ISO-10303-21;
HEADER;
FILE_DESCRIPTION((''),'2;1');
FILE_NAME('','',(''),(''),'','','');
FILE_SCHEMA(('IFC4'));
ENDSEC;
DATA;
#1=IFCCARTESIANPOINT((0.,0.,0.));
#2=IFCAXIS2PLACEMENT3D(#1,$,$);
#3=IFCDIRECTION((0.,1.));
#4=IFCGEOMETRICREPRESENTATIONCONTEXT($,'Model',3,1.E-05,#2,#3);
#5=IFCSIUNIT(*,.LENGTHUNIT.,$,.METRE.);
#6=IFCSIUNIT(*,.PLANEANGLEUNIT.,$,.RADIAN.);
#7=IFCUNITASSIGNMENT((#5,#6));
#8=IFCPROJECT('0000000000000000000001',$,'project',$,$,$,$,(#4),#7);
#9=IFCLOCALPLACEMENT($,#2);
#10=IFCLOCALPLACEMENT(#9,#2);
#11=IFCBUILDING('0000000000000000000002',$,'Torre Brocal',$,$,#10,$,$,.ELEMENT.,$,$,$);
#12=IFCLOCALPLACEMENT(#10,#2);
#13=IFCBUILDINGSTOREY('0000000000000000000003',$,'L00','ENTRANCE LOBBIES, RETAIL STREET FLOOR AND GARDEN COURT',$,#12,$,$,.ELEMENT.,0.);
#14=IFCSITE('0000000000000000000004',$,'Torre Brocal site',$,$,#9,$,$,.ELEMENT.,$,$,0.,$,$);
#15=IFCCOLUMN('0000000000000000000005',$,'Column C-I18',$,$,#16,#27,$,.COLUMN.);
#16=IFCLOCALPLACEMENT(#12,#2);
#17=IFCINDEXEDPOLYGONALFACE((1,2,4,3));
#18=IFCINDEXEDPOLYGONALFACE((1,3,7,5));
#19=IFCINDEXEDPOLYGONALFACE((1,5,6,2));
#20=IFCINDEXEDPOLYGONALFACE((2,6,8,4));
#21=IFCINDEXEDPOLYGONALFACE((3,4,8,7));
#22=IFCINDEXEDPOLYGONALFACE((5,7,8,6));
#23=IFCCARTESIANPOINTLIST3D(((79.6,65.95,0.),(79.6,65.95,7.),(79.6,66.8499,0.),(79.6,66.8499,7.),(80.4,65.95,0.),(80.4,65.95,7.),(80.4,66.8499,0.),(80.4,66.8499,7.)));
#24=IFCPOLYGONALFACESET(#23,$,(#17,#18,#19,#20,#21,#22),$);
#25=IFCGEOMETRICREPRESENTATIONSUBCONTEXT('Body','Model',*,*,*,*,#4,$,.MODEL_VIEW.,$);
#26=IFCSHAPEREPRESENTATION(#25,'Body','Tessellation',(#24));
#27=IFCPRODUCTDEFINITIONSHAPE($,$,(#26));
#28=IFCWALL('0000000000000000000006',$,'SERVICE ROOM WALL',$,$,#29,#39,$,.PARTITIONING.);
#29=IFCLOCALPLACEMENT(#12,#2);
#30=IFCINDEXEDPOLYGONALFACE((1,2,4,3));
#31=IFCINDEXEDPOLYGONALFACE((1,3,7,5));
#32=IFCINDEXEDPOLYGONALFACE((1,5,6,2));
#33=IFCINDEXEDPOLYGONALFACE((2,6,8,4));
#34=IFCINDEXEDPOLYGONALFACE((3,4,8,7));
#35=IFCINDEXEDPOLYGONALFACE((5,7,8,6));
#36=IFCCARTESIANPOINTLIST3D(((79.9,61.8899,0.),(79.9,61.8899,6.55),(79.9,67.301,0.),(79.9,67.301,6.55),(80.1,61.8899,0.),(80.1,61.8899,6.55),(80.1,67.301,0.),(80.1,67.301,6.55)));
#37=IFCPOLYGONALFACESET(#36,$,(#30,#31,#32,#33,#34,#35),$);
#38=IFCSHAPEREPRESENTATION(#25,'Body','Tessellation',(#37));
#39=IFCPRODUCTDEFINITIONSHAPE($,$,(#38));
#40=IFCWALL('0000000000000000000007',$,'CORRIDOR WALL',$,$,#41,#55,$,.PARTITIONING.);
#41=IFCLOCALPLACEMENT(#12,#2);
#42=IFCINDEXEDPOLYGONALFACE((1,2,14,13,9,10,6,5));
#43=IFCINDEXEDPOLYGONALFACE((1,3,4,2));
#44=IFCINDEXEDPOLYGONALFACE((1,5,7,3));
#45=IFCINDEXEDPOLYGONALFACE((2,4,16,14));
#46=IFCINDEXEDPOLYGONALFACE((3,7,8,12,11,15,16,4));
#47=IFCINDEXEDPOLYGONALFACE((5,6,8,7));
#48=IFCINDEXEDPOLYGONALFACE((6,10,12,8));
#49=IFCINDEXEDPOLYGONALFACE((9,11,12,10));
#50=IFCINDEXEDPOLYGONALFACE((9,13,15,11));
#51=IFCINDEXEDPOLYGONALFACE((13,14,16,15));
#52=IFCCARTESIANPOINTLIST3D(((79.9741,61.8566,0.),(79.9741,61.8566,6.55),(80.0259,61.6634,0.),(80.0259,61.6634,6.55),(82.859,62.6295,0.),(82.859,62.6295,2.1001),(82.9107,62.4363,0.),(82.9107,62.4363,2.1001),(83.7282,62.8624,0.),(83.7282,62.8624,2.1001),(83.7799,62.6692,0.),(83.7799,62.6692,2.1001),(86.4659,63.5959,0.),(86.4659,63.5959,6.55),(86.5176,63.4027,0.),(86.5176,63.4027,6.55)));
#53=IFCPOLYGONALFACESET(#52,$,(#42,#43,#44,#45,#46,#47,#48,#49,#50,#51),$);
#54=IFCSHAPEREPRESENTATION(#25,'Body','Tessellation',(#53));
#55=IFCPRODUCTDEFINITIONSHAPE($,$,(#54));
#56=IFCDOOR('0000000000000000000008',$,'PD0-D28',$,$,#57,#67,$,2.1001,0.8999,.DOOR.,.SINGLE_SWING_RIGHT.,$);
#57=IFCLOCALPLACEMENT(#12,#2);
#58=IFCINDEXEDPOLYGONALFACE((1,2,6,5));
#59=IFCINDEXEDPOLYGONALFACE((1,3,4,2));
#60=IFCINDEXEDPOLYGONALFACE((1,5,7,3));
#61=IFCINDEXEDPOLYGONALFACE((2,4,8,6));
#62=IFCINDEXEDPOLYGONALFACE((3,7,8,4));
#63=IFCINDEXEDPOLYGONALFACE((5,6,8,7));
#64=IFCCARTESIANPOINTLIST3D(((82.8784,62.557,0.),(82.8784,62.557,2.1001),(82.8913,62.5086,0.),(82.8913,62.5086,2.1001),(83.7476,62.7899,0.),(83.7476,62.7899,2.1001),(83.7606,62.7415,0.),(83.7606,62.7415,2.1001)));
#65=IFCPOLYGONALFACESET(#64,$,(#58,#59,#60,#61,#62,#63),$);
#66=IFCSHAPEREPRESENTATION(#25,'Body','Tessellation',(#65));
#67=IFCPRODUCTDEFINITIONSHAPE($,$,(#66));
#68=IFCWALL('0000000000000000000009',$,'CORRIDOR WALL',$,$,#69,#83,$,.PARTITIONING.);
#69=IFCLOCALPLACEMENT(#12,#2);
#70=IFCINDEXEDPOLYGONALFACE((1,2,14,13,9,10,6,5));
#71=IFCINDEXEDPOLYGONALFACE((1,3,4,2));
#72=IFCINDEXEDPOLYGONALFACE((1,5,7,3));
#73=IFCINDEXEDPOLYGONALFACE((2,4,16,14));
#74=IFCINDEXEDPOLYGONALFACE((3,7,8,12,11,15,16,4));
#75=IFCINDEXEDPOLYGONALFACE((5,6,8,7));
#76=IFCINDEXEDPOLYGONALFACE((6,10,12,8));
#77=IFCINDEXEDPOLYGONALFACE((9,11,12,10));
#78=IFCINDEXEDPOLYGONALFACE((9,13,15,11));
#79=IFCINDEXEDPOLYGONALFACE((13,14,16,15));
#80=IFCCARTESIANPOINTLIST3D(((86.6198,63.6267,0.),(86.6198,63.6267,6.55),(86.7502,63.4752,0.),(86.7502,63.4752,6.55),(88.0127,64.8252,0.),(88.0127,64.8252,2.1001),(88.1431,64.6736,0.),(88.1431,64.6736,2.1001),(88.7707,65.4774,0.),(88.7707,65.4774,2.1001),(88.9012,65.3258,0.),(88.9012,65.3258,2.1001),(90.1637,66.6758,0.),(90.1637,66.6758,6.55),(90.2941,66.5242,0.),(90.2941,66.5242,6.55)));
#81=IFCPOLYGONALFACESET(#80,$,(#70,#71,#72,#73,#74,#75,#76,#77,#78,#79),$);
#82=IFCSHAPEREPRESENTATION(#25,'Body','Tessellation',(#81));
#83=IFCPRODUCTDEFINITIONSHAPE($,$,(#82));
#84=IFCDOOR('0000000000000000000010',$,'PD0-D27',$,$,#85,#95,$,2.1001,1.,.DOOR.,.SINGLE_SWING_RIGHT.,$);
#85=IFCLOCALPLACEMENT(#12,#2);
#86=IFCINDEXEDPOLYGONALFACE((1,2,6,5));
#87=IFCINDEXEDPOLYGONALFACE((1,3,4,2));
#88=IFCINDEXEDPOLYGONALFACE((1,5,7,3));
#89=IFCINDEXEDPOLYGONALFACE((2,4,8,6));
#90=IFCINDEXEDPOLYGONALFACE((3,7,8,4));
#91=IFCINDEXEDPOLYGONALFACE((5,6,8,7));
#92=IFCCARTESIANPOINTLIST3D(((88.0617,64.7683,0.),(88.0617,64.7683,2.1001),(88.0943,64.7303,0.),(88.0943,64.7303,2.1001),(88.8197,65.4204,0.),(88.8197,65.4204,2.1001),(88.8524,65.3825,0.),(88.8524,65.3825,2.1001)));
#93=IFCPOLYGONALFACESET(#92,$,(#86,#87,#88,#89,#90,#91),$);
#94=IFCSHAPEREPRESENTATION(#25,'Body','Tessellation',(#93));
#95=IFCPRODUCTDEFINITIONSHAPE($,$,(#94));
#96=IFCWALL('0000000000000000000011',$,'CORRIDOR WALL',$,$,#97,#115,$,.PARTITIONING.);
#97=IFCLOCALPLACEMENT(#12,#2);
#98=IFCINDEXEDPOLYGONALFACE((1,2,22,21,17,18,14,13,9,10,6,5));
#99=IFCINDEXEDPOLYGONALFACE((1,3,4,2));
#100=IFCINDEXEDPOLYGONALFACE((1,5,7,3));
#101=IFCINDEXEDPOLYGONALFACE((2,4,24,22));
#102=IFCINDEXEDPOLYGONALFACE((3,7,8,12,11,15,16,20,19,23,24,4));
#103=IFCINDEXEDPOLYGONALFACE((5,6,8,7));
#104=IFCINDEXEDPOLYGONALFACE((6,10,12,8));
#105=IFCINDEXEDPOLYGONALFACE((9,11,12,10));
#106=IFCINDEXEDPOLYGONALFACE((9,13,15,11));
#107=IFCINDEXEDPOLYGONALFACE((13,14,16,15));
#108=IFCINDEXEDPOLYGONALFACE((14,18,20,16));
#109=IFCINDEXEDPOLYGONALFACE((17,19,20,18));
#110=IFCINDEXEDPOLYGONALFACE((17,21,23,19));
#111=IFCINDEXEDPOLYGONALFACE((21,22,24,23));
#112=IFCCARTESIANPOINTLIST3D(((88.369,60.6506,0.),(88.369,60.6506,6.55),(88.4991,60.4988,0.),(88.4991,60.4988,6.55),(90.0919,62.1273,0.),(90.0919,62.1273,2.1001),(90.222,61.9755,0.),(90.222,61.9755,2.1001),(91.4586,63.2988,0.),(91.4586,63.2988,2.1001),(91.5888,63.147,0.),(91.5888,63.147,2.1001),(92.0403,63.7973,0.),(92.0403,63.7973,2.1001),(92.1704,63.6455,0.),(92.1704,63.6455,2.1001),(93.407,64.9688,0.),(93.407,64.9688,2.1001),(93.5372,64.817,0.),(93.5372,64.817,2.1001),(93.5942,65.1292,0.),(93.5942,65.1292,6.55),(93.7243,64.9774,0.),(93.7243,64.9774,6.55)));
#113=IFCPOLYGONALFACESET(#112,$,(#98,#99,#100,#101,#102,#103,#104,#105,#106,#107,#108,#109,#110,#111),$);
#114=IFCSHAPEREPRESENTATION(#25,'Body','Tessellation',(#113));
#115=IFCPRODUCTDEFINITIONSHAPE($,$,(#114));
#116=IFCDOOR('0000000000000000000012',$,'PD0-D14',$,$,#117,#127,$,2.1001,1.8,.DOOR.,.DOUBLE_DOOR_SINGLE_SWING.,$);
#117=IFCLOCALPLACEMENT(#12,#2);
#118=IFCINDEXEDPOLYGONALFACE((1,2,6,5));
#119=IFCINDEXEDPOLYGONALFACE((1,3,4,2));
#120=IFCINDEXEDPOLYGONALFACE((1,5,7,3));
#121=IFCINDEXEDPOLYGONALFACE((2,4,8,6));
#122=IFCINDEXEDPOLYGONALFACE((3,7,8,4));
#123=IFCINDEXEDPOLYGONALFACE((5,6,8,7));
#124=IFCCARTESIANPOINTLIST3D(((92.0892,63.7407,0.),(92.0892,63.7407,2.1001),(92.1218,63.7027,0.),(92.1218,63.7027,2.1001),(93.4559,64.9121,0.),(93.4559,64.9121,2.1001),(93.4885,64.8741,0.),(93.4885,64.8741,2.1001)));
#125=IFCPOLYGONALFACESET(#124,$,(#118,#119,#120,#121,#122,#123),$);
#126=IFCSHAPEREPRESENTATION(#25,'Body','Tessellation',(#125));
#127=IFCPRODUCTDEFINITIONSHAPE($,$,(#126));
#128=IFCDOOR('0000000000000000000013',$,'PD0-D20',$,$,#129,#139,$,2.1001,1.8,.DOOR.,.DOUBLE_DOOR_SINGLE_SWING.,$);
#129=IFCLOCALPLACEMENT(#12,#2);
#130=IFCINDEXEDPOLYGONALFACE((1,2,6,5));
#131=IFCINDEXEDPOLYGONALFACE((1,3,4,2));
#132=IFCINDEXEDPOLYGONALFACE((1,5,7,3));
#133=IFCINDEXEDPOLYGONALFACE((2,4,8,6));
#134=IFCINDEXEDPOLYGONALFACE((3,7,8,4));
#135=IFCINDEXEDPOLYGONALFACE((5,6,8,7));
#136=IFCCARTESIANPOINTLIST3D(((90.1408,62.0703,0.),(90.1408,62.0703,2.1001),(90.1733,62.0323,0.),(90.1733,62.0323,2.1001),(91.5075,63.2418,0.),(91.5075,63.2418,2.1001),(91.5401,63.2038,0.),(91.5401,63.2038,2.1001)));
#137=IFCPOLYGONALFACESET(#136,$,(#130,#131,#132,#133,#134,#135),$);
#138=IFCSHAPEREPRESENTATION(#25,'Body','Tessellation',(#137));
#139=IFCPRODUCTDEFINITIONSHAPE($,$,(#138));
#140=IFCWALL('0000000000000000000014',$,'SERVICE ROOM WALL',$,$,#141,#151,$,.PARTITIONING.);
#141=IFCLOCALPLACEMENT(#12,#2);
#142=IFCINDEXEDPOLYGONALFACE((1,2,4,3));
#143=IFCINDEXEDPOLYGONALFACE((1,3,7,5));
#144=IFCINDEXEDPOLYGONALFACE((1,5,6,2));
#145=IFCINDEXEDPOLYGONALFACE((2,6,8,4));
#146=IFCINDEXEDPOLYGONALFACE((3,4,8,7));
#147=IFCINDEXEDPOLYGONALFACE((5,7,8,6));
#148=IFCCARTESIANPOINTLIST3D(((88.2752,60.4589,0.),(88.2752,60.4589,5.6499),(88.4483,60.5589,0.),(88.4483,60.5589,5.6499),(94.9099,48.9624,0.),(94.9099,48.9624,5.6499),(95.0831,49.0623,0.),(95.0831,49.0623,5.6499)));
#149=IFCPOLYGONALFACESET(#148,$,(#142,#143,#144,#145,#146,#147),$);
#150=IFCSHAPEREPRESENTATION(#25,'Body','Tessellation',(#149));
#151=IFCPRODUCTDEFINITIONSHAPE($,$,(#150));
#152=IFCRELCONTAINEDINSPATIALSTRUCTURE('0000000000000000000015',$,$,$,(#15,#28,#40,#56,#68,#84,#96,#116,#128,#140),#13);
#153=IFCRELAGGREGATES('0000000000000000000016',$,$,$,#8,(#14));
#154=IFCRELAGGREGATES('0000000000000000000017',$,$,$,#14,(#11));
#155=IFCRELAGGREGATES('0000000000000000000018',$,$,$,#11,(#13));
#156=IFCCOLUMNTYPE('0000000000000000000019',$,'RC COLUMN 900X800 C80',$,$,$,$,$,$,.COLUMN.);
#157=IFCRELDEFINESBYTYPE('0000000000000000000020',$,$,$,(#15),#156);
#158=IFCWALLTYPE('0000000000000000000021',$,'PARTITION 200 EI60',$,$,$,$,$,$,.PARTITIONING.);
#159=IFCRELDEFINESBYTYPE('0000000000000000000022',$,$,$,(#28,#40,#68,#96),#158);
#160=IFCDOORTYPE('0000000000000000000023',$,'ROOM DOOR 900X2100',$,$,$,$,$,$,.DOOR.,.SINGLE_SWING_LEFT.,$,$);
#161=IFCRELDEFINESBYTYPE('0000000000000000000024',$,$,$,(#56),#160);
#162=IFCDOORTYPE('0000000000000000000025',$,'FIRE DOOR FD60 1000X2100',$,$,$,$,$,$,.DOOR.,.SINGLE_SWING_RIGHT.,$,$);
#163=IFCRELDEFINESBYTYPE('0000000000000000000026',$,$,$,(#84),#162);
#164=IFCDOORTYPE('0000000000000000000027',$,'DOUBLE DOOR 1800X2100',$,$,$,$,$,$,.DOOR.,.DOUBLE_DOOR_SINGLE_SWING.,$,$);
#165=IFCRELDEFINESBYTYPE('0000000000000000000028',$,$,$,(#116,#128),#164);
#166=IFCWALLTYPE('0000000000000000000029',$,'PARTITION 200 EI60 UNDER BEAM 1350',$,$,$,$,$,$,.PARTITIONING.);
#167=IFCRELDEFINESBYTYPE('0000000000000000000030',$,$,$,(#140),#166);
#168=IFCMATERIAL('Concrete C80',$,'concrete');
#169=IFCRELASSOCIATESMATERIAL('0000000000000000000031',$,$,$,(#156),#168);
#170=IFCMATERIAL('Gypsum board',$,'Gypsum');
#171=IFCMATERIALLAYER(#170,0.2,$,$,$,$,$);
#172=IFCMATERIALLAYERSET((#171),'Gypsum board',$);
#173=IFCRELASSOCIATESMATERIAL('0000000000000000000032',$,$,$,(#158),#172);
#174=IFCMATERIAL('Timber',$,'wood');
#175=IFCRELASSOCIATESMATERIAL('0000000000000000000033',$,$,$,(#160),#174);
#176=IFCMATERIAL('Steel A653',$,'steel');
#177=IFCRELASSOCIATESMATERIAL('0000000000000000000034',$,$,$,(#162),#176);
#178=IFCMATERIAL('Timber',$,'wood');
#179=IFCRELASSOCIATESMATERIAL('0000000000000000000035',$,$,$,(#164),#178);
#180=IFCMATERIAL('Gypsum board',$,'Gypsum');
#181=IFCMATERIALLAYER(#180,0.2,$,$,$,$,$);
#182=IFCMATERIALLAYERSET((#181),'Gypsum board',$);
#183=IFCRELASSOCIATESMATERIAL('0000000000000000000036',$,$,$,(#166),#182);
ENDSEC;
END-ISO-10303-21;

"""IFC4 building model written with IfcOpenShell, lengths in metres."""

from ifc_helpers import new_model, si_unit, direction, frame, frame_2d, origin, origin_2d, place, context, subcontext, project, spatial, rectangle, extrude, material, layer, layer_set, material_profile, profile_set, type_object, element, fill, save


model = new_model("IFC4")

# Units and contexts
model_context = context("Model", 3, precision=1e-05, world=origin(), true_north=direction((0.0, 1.0)))
body_context = subcontext(model_context, "Body", "Model", "MODEL_VIEW")
ifc_project = project(units=[si_unit("LENGTHUNIT", "METRE"), si_unit("PLANEANGLEUNIT", "RADIAN")], contexts=[model_context])

# Site, building, storey
site_placement = place(None, origin())
site = spatial("IfcSite", under=ifc_project, at=site_placement, Name="Torre Brocal site", CompositionType="ELEMENT", RefElevation=0.0)
building_placement = place(site_placement, origin())
building = spatial("IfcBuilding", under=site, at=building_placement, Name="Torre Brocal", CompositionType="ELEMENT")
storey_placement = place(building_placement, origin())
storey = spatial("IfcBuildingStorey", under=building, at=storey_placement, Name="L00", Description="ENTRANCE LOBBIES, RETAIL STREET FLOOR AND GARDEN COURT", CompositionType="ELEMENT", Elevation=0.0)

# Column
ifc_material_1 = material(Name="Concrete C80", Category="concrete")
ifc_material_profile = material_profile(ifc_material_1, rectangle(XDim=0.8999, YDim=0.8, at=origin_2d()), Name="RC 900X800")
ifc_profile_set = profile_set([ifc_material_profile], Name="Concrete C80")
column_type = type_object("IfcColumnType", Name="RC COLUMN 900X800 C80", PredefinedType="COLUMN", material=ifc_profile_set)
column_placement = place(storey_placement, frame((80.0, 66.3999, 0.0), z_axis=(0.0, 0.0, 1.0), x_axis=(0.0, -1.0, 0.0)))
element("IfcColumn", 1, at=column_placement, inside=storey, type_object=column_type, Name="Column C-I18", PredefinedType="COLUMN", context=body_context, shape_type="SweptSolid", body=[
    extrude(rectangle(XDim=0.8999, YDim=0.8, at=origin_2d()), origin(), (0.0, 0.0, 1.0), 7.0),
])

# Wall
ifc_material_2 = material(Name="Gypsum board", Category="Gypsum")
ifc_layer_1 = layer(ifc_material_2, 0.2)
ifc_layer_set_1 = layer_set([ifc_layer_1], Name="Gypsum board")
wall_type_1 = type_object("IfcWallType", Name="PARTITION 200 EI60", PredefinedType="PARTITIONING", material=ifc_layer_set_1)
wall_1_placement = place(storey_placement, frame((80.0, 61.8899, 0.0), z_axis=(0.0, 0.0, 1.0), x_axis=(0.0, 1.0, 0.0)))
element("IfcWall", 2, at=wall_1_placement, inside=storey, type_object=wall_type_1, Name="SERVICE ROOM WALL", PredefinedType="PARTITIONING", context=body_context, shape_type="SweptSolid", body=[
    extrude(rectangle(XDim=5.4111, YDim=0.2, at=frame_2d((2.7056, 0.0))), origin(), (0.0, 0.0, 1.0), 6.55),
])

# Walls, openings, doors
wall_2_placement = place(storey_placement, frame((80.0, 61.76, 0.0), z_axis=(0.0, 0.0, 1.0), x_axis=(0.965933, 0.258793, 0.0)))
wall_2 = element("IfcWall", 3, at=wall_2_placement, inside=storey, type_object=wall_type_1, Name="CORRIDOR WALL", PredefinedType="PARTITIONING", context=body_context, shape_type="SweptSolid", body=[
    extrude(rectangle(XDim=6.7207, YDim=0.2, at=frame_2d((3.3604, 0.0))), origin(), (0.0, 0.0, 1.0), 6.55),
])
opening_1_placement = place(wall_2_placement, frame((2.9866, 0.0, 0.0)))
opening_1 = element("IfcOpeningElement", 4, at=opening_1_placement, cuts=wall_2, PredefinedType="OPENING", context=body_context, shape_type="SweptSolid", body=[
    extrude(rectangle(XDim=0.8999, YDim=2.1001, at=frame_2d((0.45, 1.05))), frame((0.0, 0.1099, 0.0), z_axis=(0.0, -1.0, 0.0), x_axis=(1.0, 0.0, 0.0)), (0.0, 0.0, 1.0), 0.22),
])
ifc_material_3 = material(Name="Timber", Category="wood")
door_type_1 = type_object("IfcDoorType", Name="ROOM DOOR 900X2100", OperationType="SINGLE_SWING_LEFT", PredefinedType="DOOR", material=ifc_material_3)
door_1_placement = place(opening_1_placement, origin())
door_1 = element("IfcDoor", 5, at=door_1_placement, inside=storey, type_object=door_type_1, Name="PD0-D28", OperationType="SINGLE_SWING_RIGHT", OverallHeight=2.1001, OverallWidth=0.8999, PredefinedType="DOOR", context=body_context, shape_type="SweptSolid", body=[
    extrude(rectangle(XDim=0.8999, YDim=2.1001, at=frame_2d((0.45, 1.05))), frame((0.0, 0.0249, 0.0), z_axis=(0.0, -1.0, 0.0), x_axis=(1.0, 0.0, 0.0)), (0.0, 0.0, 1.0), 0.05),
])
fill(opening_1, door_1)
wall_3_placement = place(storey_placement, frame((86.6851, 63.551, 0.0), z_axis=(0.0, 0.0, 1.0), x_axis=(0.75805, 0.652197, 0.0)))
wall_3 = element("IfcWall", 6, at=wall_3_placement, inside=storey, type_object=wall_type_1, Name="CORRIDOR WALL", PredefinedType="PARTITIONING", context=body_context, shape_type="SweptSolid", body=[
    extrude(rectangle(XDim=4.675, YDim=0.2, at=frame_2d((2.3374, 0.0))), origin(), (0.0, 0.0, 1.0), 6.55),
])
opening_2_placement = place(wall_3_placement, frame((1.8374, 0.0, 0.0)))
opening_2 = element("IfcOpeningElement", 7, at=opening_2_placement, cuts=wall_3, PredefinedType="OPENING", context=body_context, shape_type="SweptSolid", body=[
    extrude(rectangle(XDim=1.0, YDim=2.1001, at=frame_2d((0.5, 1.05))), frame((0.0, 0.1099, 0.0), z_axis=(0.0, -1.0, 0.0), x_axis=(1.0, 0.0, 0.0)), (0.0, 0.0, 1.0), 0.22),
])
ifc_material_4 = material(Name="Steel A653", Category="steel")
door_type_2 = type_object("IfcDoorType", Name="FIRE DOOR FD60 1000X2100", OperationType="SINGLE_SWING_RIGHT", PredefinedType="DOOR", material=ifc_material_4)
door_2_placement = place(opening_2_placement, origin())
door_2 = element("IfcDoor", 8, at=door_2_placement, inside=storey, type_object=door_type_2, Name="PD0-D27", OperationType="SINGLE_SWING_RIGHT", OverallHeight=2.1001, OverallWidth=1.0, PredefinedType="DOOR", context=body_context, shape_type="SweptSolid", body=[
    extrude(rectangle(XDim=1.0, YDim=2.1001, at=frame_2d((0.5, 1.05))), frame((0.0, 0.0249, 0.0), z_axis=(0.0, -1.0, 0.0), x_axis=(1.0, 0.0, 0.0)), (0.0, 0.0, 1.0), 0.05),
])
fill(opening_2, door_2)

# Wall, openings, doors
wall_4_placement = place(storey_placement, frame((88.4341, 60.5747, 0.0), z_axis=(0.0, 0.0, 1.0), x_axis=(0.759267, 0.65078, 0.0)))
wall_4 = element("IfcWall", 9, at=wall_4_placement, inside=storey, type_object=wall_type_1, Name="CORRIDOR WALL", PredefinedType="PARTITIONING", context=body_context, shape_type="SweptSolid", body=[
    extrude(rectangle(XDim=6.8818, YDim=0.2, at=frame_2d((3.4409, 0.0))), origin(), (0.0, 0.0, 1.0), 6.55),
])
opening_3_placement = place(wall_4_placement, frame((4.8354, 0.0, 0.0)))
opening_3 = element("IfcOpeningElement", 10, at=opening_3_placement, cuts=wall_4, PredefinedType="OPENING", context=body_context, shape_type="SweptSolid", body=[
    extrude(rectangle(XDim=1.8, YDim=2.1001, at=frame_2d((0.8999, 1.05))), frame((0.0, 0.1099, 0.0), z_axis=(0.0, -1.0, 0.0), x_axis=(1.0, 0.0, 0.0)), (0.0, 0.0, 1.0), 0.22),
])
opening_4_placement = place(wall_4_placement, frame((2.2693, 0.0, 0.0)))
opening_4 = element("IfcOpeningElement", 11, at=opening_4_placement, cuts=wall_4, PredefinedType="OPENING", context=body_context, shape_type="SweptSolid", body=[
    extrude(rectangle(XDim=1.8, YDim=2.1001, at=frame_2d((0.8999, 1.05))), frame((0.0, 0.1099, 0.0), z_axis=(0.0, -1.0, 0.0), x_axis=(1.0, 0.0, 0.0)), (0.0, 0.0, 1.0), 0.22),
])
ifc_material_5 = material(Name="Timber", Category="wood")
door_type_3 = type_object("IfcDoorType", Name="DOUBLE DOOR 1800X2100", OperationType="DOUBLE_DOOR_SINGLE_SWING", PredefinedType="DOOR", material=ifc_material_5)
door_3_placement = place(opening_3_placement, frame((1.8, 0.0, 0.0), z_axis=(0.0, 0.0, 1.0), x_axis=(-1.0, 0.0, 0.0)))
door_3 = element("IfcDoor", 12, at=door_3_placement, inside=storey, type_object=door_type_3, Name="PD0-D14", OperationType="DOUBLE_DOOR_SINGLE_SWING", OverallHeight=2.1001, OverallWidth=1.8, PredefinedType="DOOR", context=body_context, shape_type="SweptSolid", body=[
    extrude(rectangle(XDim=1.8, YDim=2.1001, at=frame_2d((0.8999, 1.05))), frame((0.0, 0.0249, 0.0), z_axis=(0.0, -1.0, 0.0), x_axis=(1.0, 0.0, 0.0)), (0.0, 0.0, 1.0), 0.05),
])
fill(opening_3, door_3)
door_4_placement = place(opening_4_placement, origin())
door_4 = element("IfcDoor", 13, at=door_4_placement, inside=storey, type_object=door_type_3, Name="PD0-D20", OperationType="DOUBLE_DOOR_SINGLE_SWING", OverallHeight=2.1001, OverallWidth=1.8, PredefinedType="DOOR", context=body_context, shape_type="SweptSolid", body=[
    extrude(rectangle(XDim=1.8, YDim=2.1001, at=frame_2d((0.8999, 1.05))), frame((0.0, 0.0249, 0.0), z_axis=(0.0, -1.0, 0.0), x_axis=(1.0, 0.0, 0.0)), (0.0, 0.0, 1.0), 0.05),
])
fill(opening_4, door_4)

# Wall
ifc_material_6 = material(Name="Gypsum board", Category="Gypsum")
ifc_layer_2 = layer(ifc_material_6, 0.2)
ifc_layer_set_2 = layer_set([ifc_layer_2], Name="Gypsum board")
wall_type_2 = type_object("IfcWallType", Name="PARTITION 200 EI60 UNDER BEAM 1350", PredefinedType="PARTITIONING", material=ifc_layer_set_2)
wall_5_placement = place(storey_placement, frame((88.3618, 60.5088, 0.0), z_axis=(0.0, 0.0, 1.0), x_axis=(0.499842, -0.866116, 0.0)))
element("IfcWall", 14, at=wall_5_placement, inside=storey, type_object=wall_type_2, Name="SERVICE ROOM WALL", PredefinedType="PARTITIONING", context=body_context, shape_type="SweptSolid", body=[
    extrude(rectangle(XDim=13.2737, YDim=0.2, at=frame_2d((6.6367, 0.0))), origin(), (0.0, 0.0, 1.0), 5.6499),
])

save(model, "model.ifc")
